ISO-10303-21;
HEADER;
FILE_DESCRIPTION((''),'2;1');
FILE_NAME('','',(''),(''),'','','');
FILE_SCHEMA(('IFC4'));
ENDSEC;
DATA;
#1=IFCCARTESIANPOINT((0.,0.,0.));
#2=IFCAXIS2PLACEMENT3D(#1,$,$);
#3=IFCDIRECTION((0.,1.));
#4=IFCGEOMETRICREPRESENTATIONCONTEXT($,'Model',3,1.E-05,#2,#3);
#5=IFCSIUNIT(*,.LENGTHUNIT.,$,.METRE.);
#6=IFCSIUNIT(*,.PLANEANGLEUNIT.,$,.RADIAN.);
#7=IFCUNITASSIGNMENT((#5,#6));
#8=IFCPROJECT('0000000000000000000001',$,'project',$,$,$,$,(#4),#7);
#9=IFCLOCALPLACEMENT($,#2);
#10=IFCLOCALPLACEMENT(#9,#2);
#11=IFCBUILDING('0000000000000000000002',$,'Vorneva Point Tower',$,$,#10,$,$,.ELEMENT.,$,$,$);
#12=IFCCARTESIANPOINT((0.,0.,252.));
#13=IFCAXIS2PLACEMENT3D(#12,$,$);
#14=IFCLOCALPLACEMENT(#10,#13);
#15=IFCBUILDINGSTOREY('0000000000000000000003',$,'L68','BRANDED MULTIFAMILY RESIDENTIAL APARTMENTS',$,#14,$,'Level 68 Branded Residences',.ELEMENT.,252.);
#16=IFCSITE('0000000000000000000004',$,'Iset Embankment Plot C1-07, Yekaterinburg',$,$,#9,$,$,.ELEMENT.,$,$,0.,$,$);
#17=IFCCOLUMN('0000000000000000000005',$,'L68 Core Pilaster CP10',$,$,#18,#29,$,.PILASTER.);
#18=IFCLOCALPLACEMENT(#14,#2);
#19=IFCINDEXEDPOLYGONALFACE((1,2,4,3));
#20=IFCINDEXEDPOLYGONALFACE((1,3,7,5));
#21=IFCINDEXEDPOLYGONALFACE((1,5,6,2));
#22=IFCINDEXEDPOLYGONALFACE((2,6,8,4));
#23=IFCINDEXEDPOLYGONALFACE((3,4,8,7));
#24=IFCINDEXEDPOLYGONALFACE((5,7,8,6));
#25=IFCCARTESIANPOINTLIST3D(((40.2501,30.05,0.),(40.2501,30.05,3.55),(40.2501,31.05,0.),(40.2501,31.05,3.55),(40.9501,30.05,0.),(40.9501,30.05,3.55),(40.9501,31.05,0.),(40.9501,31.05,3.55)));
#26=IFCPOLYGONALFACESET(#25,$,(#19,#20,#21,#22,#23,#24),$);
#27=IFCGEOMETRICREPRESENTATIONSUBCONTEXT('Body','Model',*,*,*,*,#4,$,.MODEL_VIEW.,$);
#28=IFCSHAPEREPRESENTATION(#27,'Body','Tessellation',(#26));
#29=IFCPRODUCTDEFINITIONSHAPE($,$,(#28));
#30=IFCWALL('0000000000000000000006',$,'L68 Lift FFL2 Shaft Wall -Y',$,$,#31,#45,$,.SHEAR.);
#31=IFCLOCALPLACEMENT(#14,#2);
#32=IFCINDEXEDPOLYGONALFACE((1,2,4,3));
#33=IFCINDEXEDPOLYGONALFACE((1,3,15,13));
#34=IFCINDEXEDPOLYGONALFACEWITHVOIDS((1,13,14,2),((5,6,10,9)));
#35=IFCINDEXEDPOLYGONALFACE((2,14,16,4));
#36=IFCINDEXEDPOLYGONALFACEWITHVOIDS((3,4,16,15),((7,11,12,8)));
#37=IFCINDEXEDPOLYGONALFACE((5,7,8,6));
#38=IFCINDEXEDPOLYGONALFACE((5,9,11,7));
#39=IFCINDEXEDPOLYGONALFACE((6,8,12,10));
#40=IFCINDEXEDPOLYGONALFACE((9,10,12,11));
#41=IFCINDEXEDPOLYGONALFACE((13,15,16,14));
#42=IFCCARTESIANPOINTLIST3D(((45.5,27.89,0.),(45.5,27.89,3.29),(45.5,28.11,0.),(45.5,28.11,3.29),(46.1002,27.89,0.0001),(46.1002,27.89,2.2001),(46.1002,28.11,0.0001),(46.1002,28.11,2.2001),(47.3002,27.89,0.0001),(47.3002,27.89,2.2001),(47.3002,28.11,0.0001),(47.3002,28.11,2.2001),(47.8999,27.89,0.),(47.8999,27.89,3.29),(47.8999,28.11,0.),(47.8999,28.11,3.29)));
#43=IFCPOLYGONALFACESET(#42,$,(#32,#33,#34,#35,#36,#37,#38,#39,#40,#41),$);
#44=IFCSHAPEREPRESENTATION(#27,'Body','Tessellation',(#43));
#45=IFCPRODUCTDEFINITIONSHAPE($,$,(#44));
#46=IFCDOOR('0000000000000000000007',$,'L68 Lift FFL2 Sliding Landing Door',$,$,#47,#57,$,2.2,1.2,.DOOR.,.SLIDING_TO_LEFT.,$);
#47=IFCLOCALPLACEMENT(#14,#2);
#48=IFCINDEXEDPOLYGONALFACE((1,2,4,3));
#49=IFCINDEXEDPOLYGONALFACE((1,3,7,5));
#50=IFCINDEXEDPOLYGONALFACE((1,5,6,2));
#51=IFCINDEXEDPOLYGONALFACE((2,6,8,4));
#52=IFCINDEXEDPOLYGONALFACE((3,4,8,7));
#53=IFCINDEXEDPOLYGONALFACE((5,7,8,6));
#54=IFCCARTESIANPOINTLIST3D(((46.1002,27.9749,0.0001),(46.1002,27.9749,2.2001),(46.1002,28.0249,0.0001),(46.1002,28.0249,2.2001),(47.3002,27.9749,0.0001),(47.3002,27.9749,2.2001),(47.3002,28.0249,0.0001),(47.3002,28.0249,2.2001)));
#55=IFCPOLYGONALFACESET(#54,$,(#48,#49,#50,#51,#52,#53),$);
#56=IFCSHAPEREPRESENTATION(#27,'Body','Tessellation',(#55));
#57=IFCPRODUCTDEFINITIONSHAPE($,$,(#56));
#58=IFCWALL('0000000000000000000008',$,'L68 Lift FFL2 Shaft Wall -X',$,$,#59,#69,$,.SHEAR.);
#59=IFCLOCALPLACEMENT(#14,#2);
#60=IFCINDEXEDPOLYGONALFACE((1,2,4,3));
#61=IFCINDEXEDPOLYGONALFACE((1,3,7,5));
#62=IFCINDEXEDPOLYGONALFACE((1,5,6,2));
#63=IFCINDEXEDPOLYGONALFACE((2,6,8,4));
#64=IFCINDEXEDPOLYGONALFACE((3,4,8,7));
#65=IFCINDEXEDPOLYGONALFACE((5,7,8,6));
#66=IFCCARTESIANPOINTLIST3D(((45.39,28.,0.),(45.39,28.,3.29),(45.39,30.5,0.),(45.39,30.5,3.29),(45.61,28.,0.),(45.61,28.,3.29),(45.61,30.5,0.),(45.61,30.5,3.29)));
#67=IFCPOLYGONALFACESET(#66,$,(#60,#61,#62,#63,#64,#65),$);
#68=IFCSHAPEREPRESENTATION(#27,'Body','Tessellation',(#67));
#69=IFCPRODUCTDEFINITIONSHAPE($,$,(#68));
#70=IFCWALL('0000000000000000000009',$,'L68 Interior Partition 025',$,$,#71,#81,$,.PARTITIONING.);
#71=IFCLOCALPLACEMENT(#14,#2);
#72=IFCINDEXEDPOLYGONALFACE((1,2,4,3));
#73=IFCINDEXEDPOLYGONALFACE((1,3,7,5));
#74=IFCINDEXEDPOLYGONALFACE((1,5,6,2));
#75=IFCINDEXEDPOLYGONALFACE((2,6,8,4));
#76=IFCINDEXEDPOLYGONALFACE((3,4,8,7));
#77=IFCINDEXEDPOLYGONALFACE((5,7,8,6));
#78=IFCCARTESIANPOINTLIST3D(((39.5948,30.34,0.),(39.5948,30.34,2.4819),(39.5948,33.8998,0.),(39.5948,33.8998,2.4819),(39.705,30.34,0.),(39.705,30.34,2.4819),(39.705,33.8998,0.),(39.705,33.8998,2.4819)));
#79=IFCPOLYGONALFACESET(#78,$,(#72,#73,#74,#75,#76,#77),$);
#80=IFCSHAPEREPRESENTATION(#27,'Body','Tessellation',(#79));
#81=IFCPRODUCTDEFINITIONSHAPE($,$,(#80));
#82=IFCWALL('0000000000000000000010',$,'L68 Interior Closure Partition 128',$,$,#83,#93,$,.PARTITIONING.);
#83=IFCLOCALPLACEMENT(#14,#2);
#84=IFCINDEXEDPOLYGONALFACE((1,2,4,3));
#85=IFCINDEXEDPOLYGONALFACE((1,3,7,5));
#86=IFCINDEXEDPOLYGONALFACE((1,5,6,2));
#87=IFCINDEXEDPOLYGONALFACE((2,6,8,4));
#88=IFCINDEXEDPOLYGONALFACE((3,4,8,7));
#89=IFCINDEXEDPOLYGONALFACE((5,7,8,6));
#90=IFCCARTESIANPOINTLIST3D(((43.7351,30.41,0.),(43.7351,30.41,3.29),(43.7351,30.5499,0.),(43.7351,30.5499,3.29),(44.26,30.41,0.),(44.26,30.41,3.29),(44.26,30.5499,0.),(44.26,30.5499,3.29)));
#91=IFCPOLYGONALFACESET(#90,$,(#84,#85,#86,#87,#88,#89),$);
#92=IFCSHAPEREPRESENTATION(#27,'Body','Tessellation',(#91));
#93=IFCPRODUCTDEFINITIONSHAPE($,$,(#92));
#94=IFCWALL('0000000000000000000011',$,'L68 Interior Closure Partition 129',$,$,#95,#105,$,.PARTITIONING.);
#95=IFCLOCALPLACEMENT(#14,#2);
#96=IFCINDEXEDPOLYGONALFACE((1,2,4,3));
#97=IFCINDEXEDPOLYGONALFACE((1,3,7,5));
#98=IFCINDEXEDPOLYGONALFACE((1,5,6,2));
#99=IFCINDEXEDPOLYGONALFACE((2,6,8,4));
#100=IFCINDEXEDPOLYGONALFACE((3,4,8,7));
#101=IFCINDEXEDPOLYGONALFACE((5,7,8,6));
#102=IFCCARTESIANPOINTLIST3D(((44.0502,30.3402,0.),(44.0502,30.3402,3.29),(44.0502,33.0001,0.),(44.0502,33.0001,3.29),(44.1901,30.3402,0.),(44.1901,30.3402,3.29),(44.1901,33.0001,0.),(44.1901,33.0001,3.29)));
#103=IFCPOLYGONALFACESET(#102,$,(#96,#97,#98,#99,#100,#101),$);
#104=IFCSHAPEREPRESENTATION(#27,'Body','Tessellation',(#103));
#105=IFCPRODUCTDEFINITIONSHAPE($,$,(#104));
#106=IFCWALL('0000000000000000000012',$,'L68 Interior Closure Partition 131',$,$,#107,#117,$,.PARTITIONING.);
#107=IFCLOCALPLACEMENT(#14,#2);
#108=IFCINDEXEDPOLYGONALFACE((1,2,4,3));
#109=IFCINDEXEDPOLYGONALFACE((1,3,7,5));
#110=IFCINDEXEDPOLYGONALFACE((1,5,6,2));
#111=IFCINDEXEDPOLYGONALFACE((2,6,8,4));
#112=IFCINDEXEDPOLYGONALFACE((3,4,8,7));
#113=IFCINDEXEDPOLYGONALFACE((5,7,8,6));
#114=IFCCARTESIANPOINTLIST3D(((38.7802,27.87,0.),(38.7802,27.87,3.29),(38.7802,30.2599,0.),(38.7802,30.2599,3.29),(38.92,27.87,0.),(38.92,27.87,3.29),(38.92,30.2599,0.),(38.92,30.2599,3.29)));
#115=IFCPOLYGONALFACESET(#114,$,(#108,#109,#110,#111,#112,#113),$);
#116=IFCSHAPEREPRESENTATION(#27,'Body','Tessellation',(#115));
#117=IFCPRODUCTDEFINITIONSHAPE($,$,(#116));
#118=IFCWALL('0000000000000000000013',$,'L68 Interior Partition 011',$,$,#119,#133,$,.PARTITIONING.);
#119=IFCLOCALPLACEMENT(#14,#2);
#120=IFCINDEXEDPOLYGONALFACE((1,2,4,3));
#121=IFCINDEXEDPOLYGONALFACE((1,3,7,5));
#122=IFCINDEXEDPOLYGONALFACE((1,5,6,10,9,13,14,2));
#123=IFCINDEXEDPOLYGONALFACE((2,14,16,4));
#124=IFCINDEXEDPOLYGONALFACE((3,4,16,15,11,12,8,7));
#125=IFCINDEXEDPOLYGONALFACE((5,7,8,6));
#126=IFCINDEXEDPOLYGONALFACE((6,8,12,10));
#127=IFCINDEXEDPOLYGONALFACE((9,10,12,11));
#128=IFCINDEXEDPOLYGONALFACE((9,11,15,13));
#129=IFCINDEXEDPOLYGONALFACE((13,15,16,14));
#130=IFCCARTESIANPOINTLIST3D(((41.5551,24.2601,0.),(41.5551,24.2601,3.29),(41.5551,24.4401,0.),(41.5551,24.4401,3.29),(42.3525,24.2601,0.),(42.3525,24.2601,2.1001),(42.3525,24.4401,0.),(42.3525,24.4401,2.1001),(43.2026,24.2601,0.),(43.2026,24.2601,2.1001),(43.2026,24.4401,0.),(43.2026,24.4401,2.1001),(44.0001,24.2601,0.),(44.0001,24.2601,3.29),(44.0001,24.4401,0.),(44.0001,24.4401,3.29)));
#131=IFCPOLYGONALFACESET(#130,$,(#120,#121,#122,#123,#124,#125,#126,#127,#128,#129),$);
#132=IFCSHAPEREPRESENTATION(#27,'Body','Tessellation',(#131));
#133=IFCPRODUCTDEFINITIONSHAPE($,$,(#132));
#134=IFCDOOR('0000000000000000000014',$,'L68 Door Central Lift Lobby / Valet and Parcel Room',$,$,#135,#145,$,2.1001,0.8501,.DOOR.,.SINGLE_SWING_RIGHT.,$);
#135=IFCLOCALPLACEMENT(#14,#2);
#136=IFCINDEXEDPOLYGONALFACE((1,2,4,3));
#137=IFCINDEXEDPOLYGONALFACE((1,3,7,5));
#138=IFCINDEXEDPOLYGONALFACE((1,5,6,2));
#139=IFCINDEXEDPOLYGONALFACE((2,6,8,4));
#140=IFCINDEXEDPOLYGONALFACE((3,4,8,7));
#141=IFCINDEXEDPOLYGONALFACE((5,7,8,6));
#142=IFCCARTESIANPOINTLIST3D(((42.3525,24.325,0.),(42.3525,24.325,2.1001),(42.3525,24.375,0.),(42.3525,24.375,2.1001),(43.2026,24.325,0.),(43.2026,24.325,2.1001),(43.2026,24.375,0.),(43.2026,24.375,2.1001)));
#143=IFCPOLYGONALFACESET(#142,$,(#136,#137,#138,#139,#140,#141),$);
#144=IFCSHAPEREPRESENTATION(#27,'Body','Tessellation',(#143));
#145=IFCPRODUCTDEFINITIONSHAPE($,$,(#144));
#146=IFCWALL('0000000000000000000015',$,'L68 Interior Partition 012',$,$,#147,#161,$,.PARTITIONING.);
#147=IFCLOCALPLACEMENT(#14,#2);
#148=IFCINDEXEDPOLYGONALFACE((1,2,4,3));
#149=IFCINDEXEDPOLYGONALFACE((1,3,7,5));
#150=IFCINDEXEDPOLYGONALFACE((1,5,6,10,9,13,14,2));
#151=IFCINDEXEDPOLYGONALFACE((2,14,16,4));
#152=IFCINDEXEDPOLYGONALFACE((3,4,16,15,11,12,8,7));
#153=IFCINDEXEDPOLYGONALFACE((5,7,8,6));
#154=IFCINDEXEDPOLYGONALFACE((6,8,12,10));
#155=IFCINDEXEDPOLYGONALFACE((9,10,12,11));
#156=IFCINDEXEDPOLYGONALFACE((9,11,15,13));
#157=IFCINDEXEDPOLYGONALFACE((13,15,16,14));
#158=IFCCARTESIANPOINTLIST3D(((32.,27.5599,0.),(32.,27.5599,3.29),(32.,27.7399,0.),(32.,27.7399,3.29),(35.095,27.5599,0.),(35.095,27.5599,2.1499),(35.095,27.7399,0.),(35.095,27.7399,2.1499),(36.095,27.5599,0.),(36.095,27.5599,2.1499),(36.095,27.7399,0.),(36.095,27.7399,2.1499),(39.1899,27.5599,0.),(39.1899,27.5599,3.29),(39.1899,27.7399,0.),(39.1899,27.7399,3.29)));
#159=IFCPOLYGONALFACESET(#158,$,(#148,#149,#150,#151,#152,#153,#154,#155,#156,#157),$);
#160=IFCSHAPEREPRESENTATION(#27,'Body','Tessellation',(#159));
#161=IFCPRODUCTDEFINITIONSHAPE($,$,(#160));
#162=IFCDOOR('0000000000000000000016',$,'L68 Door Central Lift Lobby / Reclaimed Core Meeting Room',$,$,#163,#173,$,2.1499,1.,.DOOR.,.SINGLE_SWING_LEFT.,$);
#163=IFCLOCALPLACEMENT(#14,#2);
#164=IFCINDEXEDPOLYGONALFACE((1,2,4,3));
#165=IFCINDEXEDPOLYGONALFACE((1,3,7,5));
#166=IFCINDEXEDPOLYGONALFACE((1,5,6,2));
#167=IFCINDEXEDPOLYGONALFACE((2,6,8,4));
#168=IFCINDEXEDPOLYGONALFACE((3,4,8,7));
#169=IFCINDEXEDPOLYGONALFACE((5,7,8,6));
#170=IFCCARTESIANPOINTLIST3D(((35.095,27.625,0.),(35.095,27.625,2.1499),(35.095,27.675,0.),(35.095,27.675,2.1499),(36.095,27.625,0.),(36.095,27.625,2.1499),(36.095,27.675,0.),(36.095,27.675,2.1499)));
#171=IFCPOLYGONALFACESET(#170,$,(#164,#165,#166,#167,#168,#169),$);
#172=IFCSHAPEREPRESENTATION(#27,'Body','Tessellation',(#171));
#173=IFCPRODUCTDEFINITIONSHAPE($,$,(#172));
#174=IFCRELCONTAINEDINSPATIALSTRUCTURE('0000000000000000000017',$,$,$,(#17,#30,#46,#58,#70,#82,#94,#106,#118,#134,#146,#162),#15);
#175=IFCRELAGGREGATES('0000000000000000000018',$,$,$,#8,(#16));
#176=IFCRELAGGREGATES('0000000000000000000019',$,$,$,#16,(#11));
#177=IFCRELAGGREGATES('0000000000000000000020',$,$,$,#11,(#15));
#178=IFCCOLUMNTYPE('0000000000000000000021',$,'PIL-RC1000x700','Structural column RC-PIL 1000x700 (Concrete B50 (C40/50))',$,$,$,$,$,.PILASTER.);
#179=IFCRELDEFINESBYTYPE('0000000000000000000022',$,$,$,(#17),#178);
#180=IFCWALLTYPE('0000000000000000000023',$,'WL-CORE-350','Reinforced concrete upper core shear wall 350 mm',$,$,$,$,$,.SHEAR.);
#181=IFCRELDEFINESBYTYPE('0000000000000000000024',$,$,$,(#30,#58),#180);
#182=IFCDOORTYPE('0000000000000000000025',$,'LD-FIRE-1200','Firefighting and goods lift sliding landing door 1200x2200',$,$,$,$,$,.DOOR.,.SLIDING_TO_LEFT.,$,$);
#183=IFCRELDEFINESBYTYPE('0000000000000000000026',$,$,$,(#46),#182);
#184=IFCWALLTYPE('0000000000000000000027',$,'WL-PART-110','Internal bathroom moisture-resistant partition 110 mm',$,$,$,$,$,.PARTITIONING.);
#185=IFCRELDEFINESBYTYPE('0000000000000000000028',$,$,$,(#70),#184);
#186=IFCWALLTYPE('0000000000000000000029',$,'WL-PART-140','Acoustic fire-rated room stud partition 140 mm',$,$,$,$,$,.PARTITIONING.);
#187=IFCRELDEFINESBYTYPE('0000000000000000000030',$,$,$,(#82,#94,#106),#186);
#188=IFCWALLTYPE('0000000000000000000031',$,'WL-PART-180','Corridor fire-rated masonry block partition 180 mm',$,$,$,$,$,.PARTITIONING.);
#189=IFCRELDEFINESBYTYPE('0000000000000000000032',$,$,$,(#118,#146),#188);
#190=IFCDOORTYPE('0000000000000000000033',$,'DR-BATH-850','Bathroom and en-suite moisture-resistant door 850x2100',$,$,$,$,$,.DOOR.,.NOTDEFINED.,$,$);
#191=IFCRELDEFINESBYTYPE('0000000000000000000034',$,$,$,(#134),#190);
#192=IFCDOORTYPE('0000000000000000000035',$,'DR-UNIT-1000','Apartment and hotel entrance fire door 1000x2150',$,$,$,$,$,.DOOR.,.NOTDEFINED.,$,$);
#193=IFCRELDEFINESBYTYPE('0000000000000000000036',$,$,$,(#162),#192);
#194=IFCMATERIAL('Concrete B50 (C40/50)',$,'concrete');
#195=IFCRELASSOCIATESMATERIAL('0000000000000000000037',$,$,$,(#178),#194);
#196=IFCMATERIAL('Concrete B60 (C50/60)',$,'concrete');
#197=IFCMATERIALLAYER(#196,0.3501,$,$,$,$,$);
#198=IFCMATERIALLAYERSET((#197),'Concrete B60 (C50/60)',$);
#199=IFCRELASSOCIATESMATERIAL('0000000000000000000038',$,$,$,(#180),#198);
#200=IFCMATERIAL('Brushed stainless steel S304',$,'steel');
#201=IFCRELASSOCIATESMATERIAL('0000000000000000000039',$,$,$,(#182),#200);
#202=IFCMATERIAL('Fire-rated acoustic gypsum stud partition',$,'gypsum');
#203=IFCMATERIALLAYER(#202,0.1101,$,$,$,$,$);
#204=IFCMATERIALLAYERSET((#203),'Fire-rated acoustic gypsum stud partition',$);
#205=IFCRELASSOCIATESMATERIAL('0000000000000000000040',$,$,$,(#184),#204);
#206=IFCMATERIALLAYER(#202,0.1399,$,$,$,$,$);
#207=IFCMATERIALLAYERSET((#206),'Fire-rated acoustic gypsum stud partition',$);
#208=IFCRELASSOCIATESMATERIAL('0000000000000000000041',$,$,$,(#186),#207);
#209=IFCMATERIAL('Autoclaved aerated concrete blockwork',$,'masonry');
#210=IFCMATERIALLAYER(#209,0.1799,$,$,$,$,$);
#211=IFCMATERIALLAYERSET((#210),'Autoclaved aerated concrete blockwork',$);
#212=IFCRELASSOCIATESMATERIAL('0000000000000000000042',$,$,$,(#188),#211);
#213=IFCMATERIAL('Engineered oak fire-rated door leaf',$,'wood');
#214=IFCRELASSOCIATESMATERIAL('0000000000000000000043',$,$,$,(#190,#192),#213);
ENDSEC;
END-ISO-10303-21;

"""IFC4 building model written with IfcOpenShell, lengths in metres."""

from ifc_helpers import new_model, si_unit, direction, frame, frame_2d, origin, origin_2d, place, context, subcontext, project, spatial, rectangle, extrude, material, layer, layer_set, material_profile, profile_set, type_object, element, fill, save


model = new_model("IFC4")

# Units and contexts
model_context = context("Model", 3, precision=1e-05, world=origin(), true_north=direction((0.0, 1.0)))
body_context = subcontext(model_context, "Body", "Model", "MODEL_VIEW")
ifc_project = project(units=[si_unit("LENGTHUNIT", "METRE"), si_unit("PLANEANGLEUNIT", "RADIAN")], contexts=[model_context])

# Site, building, storey
site_placement = place(None, origin())
site = spatial("IfcSite", under=ifc_project, at=site_placement, Name="Iset Embankment Plot C1-07, Yekaterinburg", CompositionType="ELEMENT", RefElevation=0.0)
building_placement = place(site_placement, origin())
building = spatial("IfcBuilding", under=site, at=building_placement, Name="Vorneva Point Tower", CompositionType="ELEMENT")
storey_placement = place(building_placement, frame((0.0, 0.0, 252.0)))
storey = spatial("IfcBuildingStorey", under=building, at=storey_placement, Name="L68", Description="BRANDED MULTIFAMILY RESIDENTIAL APARTMENTS", LongName="Level 68 Branded Residences", CompositionType="ELEMENT", Elevation=252.0)

# Column
ifc_material_1 = material(Name="Concrete B50 (C40/50)", Category="concrete")
ifc_material_profile = material_profile(ifc_material_1, rectangle(XDim=0.7, YDim=1.0, at=origin_2d()), Name="RC-PIL 1000x700")
ifc_profile_set = profile_set([ifc_material_profile], Name="Concrete B50 (C40/50)")
column_type = type_object("IfcColumnType", Name="PIL-RC1000x700", Description="Structural column RC-PIL 1000x700 (Concrete B50 (C40/50))", PredefinedType="PILASTER", material=ifc_profile_set)
column_placement = place(storey_placement, frame((40.6001, 30.55, 0.0), z_axis=(0.0, 0.0, 1.0), x_axis=(1.0, 0.0, 0.0)))
element("IfcColumn", 1, at=column_placement, inside=storey, type_object=column_type, Name="L68 Core Pilaster CP10", PredefinedType="PILASTER", context=body_context, shape_type="SweptSolid", body=[
    extrude(rectangle(XDim=0.7, YDim=1.0, at=origin_2d()), origin(), (0.0, 0.0, 1.0), 3.55),
])

# Wall, opening, door
ifc_material_2 = material(Name="Concrete B60 (C50/60)", Category="concrete")
ifc_layer_1 = layer(ifc_material_2, 0.3501)
ifc_layer_set_1 = layer_set([ifc_layer_1], Name="Concrete B60 (C50/60)")
wall_type_1 = type_object("IfcWallType", Name="WL-CORE-350", Description="Reinforced concrete upper core shear wall 350 mm", PredefinedType="SHEAR", material=ifc_layer_set_1)
wall_1_placement = place(storey_placement, frame((45.5, 28.0, 0.0), z_axis=(0.0, 0.0, 1.0), x_axis=(1.0, 0.0, 0.0)))
wall_1 = element("IfcWall", 2, at=wall_1_placement, inside=storey, type_object=wall_type_1, Name="L68 Lift FFL2 Shaft Wall -Y", PredefinedType="SHEAR", context=body_context, shape_type="SweptSolid", body=[
    extrude(rectangle(XDim=2.3999, YDim=0.22, at=frame_2d((1.2, 0.0))), origin(), (0.0, 0.0, 1.0), 3.29),
])
opening_1_placement = place(wall_1_placement, frame((0.6001, 0.0, 0.0)))
opening_1 = element("IfcOpeningElement", 3, at=opening_1_placement, cuts=wall_1, PredefinedType="OPENING", context=body_context, shape_type="SweptSolid", body=[
    extrude(rectangle(XDim=1.2, YDim=2.2, at=frame_2d((0.6001, 1.1001))), frame((0.0, 0.125, 0.0), z_axis=(0.0, -1.0, 0.0), x_axis=(1.0, 0.0, 0.0)), (0.0, 0.0, 1.0), 0.2498),
])
ifc_material_3 = material(Name="Brushed stainless steel S304", Category="steel")
door_type_1 = type_object("IfcDoorType", Name="LD-FIRE-1200", Description="Firefighting and goods lift sliding landing door 1200x2200", OperationType="SLIDING_TO_LEFT", PredefinedType="DOOR", material=ifc_material_3)
door_1_placement = place(opening_1_placement, origin())
door_1 = element("IfcDoor", 4, at=door_1_placement, inside=storey, type_object=door_type_1, Name="L68 Lift FFL2 Sliding Landing Door", OperationType="SLIDING_TO_LEFT", OverallHeight=2.2, OverallWidth=1.2, PredefinedType="DOOR", context=body_context, shape_type="SweptSolid", body=[
    extrude(rectangle(XDim=1.2, YDim=2.2, at=frame_2d((0.6001, 1.1001))), frame((0.0, 0.0249, 0.0), z_axis=(0.0, -1.0, 0.0), x_axis=(1.0, 0.0, 0.0)), (0.0, 0.0, 1.0), 0.05),
])
fill(opening_1, door_1)

# Walls
wall_2_placement = place(storey_placement, frame((45.5, 30.5, 0.0), z_axis=(0.0, 0.0, 1.0), x_axis=(0.0, -1.0, 0.0)))
element("IfcWall", 5, at=wall_2_placement, inside=storey, type_object=wall_type_1, Name="L68 Lift FFL2 Shaft Wall -X", PredefinedType="SHEAR", context=body_context, shape_type="SweptSolid", body=[
    extrude(rectangle(XDim=2.5, YDim=0.22, at=frame_2d((1.25, 0.0))), origin(), (0.0, 0.0, 1.0), 3.29),
])
ifc_material_4 = material(Name="Fire-rated acoustic gypsum stud partition", Category="gypsum")
ifc_layer_2 = layer(ifc_material_4, 0.1101)
ifc_layer_set_2 = layer_set([ifc_layer_2], Name="Fire-rated acoustic gypsum stud partition")
wall_type_2 = type_object("IfcWallType", Name="WL-PART-110", Description="Internal bathroom moisture-resistant partition 110 mm", PredefinedType="PARTITIONING", material=ifc_layer_set_2)
wall_3_placement = place(storey_placement, frame((39.6499, 30.3401, 0.0), z_axis=(0.0, 0.0, 1.0), x_axis=(0.0, 1.0, 0.0)))
element("IfcWall", 6, at=wall_3_placement, inside=storey, type_object=wall_type_2, Name="L68 Interior Partition 025", PredefinedType="PARTITIONING", context=body_context, shape_type="SweptSolid", body=[
    extrude(rectangle(XDim=3.5598, YDim=0.1101, at=frame_2d((1.7798, 0.0))), origin(), (0.0, 0.0, 1.0), 2.4819),
])
ifc_layer_3 = layer(ifc_material_4, 0.1399)
ifc_layer_set_3 = layer_set([ifc_layer_3], Name="Fire-rated acoustic gypsum stud partition")
wall_type_3 = type_object("IfcWallType", Name="WL-PART-140", Description="Acoustic fire-rated room stud partition 140 mm", PredefinedType="PARTITIONING", material=ifc_layer_set_3)
wall_4_placement = place(storey_placement, frame((43.7351, 30.48, 0.0), z_axis=(0.0, 0.0, 1.0), x_axis=(1.0, 0.0, 0.0)))
element("IfcWall", 7, at=wall_4_placement, inside=storey, type_object=wall_type_3, Name="L68 Interior Closure Partition 128", PredefinedType="PARTITIONING", context=body_context, shape_type="SweptSolid", body=[
    extrude(rectangle(XDim=0.5249, YDim=0.1399, at=frame_2d((0.2625, 0.0))), origin(), (0.0, 0.0, 1.0), 3.29),
])
wall_5_placement = place(storey_placement, frame((44.1201, 30.3401, 0.0), z_axis=(0.0, 0.0, 1.0), x_axis=(0.0, 1.0, 0.0)))
element("IfcWall", 8, at=wall_5_placement, inside=storey, type_object=wall_type_3, Name="L68 Interior Closure Partition 129", PredefinedType="PARTITIONING", context=body_context, shape_type="SweptSolid", body=[
    extrude(rectangle(XDim=2.6599, YDim=0.1399, at=frame_2d((1.3301, 0.0))), origin(), (0.0, 0.0, 1.0), 3.29),
])
wall_6_placement = place(storey_placement, frame((38.8501, 27.8701, 0.0), z_axis=(0.0, 0.0, 1.0), x_axis=(0.0, 1.0, 0.0)))
element("IfcWall", 9, at=wall_6_placement, inside=storey, type_object=wall_type_3, Name="L68 Interior Closure Partition 131", PredefinedType="PARTITIONING", context=body_context, shape_type="SweptSolid", body=[
    extrude(rectangle(XDim=2.3899, YDim=0.1399, at=frame_2d((1.1948, 0.0))), origin(), (0.0, 0.0, 1.0), 3.29),
])

# Walls, openings, doors
ifc_material_5 = material(Name="Autoclaved aerated concrete blockwork", Category="masonry")
ifc_layer_4 = layer(ifc_material_5, 0.1799)
ifc_layer_set_4 = layer_set([ifc_layer_4], Name="Autoclaved aerated concrete blockwork")
wall_type_4 = type_object("IfcWallType", Name="WL-PART-180", Description="Corridor fire-rated masonry block partition 180 mm", PredefinedType="PARTITIONING", material=ifc_layer_set_4)
wall_7_placement = place(storey_placement, frame((41.5549, 24.3501, 0.0), z_axis=(0.0, 0.0, 1.0), x_axis=(1.0, 0.0, 0.0)))
wall_7 = element("IfcWall", 10, at=wall_7_placement, inside=storey, type_object=wall_type_4, Name="L68 Interior Partition 011", PredefinedType="PARTITIONING", context=body_context, shape_type="SweptSolid", body=[
    extrude(rectangle(XDim=2.4451, YDim=0.1799, at=frame_2d((1.2227, 0.0))), origin(), (0.0, 0.0, 1.0), 3.29),
])
opening_2_placement = place(wall_7_placement, frame((0.7976, 0.0, 0.0)))
opening_2 = element("IfcOpeningElement", 11, at=opening_2_placement, cuts=wall_7, PredefinedType="OPENING", context=body_context, shape_type="SweptSolid", body=[
    extrude(rectangle(XDim=0.8501, YDim=2.1001, at=frame_2d((0.425, 1.05))), frame((0.0, 0.105, 0.0), z_axis=(0.0, -1.0, 0.0), x_axis=(1.0, 0.0, 0.0)), (0.0, 0.0, 1.0), 0.2097),
])
ifc_material_6 = material(Name="Engineered oak fire-rated door leaf", Category="wood")
door_type_2 = type_object("IfcDoorType", Name="DR-BATH-850", Description="Bathroom and en-suite moisture-resistant door 850x2100", OperationType="NOTDEFINED", PredefinedType="DOOR", material=ifc_material_6)
door_2_placement = place(opening_2_placement, origin())
door_2 = element("IfcDoor", 12, at=door_2_placement, inside=storey, type_object=door_type_2, Name="L68 Door Central Lift Lobby / Valet and Parcel Room", OperationType="SINGLE_SWING_RIGHT", OverallHeight=2.1001, OverallWidth=0.8501, PredefinedType="DOOR", context=body_context, shape_type="SweptSolid", body=[
    extrude(rectangle(XDim=0.8501, YDim=2.1001, at=frame_2d((0.425, 1.05))), frame((0.0, 0.0249, 0.0), z_axis=(0.0, -1.0, 0.0), x_axis=(1.0, 0.0, 0.0)), (0.0, 0.0, 1.0), 0.05),
])
fill(opening_2, door_2)
wall_8_placement = place(storey_placement, frame((39.1899, 27.6499, 0.0), z_axis=(0.0, 0.0, 1.0), x_axis=(-1.0, 0.0, 0.0)))
wall_8 = element("IfcWall", 13, at=wall_8_placement, inside=storey, type_object=wall_type_4, Name="L68 Interior Partition 012", PredefinedType="PARTITIONING", context=body_context, shape_type="SweptSolid", body=[
    extrude(rectangle(XDim=7.1899, YDim=0.1799, at=frame_2d((3.595, 0.0))), origin(), (0.0, 0.0, 1.0), 3.29),
])
opening_3_placement = place(wall_8_placement, frame((3.095, 0.0, 0.0)))
opening_3 = element("IfcOpeningElement", 14, at=opening_3_placement, cuts=wall_8, PredefinedType="OPENING", context=body_context, shape_type="SweptSolid", body=[
    extrude(rectangle(XDim=1.0, YDim=2.1499, at=frame_2d((0.5, 1.075))), frame((0.0, 0.105, 0.0), z_axis=(0.0, -1.0, 0.0), x_axis=(1.0, 0.0, 0.0)), (0.0, 0.0, 1.0), 0.2097),
])
door_type_3 = type_object("IfcDoorType", Name="DR-UNIT-1000", Description="Apartment and hotel entrance fire door 1000x2150", OperationType="NOTDEFINED", PredefinedType="DOOR", material=ifc_material_6)
door_3_placement = place(opening_3_placement, origin())
door_3 = element("IfcDoor", 15, at=door_3_placement, inside=storey, type_object=door_type_3, Name="L68 Door Central Lift Lobby / Reclaimed Core Meeting Room", OperationType="SINGLE_SWING_LEFT", OverallHeight=2.1499, OverallWidth=1.0, PredefinedType="DOOR", context=body_context, shape_type="SweptSolid", body=[
    extrude(rectangle(XDim=1.0, YDim=2.1499, at=frame_2d((0.5, 1.075))), frame((0.0, 0.0249, 0.0), z_axis=(0.0, -1.0, 0.0), x_axis=(1.0, 0.0, 0.0)), (0.0, 0.0, 1.0), 0.05),
])
fill(opening_3, door_3)

save(model, "model.ifc")
